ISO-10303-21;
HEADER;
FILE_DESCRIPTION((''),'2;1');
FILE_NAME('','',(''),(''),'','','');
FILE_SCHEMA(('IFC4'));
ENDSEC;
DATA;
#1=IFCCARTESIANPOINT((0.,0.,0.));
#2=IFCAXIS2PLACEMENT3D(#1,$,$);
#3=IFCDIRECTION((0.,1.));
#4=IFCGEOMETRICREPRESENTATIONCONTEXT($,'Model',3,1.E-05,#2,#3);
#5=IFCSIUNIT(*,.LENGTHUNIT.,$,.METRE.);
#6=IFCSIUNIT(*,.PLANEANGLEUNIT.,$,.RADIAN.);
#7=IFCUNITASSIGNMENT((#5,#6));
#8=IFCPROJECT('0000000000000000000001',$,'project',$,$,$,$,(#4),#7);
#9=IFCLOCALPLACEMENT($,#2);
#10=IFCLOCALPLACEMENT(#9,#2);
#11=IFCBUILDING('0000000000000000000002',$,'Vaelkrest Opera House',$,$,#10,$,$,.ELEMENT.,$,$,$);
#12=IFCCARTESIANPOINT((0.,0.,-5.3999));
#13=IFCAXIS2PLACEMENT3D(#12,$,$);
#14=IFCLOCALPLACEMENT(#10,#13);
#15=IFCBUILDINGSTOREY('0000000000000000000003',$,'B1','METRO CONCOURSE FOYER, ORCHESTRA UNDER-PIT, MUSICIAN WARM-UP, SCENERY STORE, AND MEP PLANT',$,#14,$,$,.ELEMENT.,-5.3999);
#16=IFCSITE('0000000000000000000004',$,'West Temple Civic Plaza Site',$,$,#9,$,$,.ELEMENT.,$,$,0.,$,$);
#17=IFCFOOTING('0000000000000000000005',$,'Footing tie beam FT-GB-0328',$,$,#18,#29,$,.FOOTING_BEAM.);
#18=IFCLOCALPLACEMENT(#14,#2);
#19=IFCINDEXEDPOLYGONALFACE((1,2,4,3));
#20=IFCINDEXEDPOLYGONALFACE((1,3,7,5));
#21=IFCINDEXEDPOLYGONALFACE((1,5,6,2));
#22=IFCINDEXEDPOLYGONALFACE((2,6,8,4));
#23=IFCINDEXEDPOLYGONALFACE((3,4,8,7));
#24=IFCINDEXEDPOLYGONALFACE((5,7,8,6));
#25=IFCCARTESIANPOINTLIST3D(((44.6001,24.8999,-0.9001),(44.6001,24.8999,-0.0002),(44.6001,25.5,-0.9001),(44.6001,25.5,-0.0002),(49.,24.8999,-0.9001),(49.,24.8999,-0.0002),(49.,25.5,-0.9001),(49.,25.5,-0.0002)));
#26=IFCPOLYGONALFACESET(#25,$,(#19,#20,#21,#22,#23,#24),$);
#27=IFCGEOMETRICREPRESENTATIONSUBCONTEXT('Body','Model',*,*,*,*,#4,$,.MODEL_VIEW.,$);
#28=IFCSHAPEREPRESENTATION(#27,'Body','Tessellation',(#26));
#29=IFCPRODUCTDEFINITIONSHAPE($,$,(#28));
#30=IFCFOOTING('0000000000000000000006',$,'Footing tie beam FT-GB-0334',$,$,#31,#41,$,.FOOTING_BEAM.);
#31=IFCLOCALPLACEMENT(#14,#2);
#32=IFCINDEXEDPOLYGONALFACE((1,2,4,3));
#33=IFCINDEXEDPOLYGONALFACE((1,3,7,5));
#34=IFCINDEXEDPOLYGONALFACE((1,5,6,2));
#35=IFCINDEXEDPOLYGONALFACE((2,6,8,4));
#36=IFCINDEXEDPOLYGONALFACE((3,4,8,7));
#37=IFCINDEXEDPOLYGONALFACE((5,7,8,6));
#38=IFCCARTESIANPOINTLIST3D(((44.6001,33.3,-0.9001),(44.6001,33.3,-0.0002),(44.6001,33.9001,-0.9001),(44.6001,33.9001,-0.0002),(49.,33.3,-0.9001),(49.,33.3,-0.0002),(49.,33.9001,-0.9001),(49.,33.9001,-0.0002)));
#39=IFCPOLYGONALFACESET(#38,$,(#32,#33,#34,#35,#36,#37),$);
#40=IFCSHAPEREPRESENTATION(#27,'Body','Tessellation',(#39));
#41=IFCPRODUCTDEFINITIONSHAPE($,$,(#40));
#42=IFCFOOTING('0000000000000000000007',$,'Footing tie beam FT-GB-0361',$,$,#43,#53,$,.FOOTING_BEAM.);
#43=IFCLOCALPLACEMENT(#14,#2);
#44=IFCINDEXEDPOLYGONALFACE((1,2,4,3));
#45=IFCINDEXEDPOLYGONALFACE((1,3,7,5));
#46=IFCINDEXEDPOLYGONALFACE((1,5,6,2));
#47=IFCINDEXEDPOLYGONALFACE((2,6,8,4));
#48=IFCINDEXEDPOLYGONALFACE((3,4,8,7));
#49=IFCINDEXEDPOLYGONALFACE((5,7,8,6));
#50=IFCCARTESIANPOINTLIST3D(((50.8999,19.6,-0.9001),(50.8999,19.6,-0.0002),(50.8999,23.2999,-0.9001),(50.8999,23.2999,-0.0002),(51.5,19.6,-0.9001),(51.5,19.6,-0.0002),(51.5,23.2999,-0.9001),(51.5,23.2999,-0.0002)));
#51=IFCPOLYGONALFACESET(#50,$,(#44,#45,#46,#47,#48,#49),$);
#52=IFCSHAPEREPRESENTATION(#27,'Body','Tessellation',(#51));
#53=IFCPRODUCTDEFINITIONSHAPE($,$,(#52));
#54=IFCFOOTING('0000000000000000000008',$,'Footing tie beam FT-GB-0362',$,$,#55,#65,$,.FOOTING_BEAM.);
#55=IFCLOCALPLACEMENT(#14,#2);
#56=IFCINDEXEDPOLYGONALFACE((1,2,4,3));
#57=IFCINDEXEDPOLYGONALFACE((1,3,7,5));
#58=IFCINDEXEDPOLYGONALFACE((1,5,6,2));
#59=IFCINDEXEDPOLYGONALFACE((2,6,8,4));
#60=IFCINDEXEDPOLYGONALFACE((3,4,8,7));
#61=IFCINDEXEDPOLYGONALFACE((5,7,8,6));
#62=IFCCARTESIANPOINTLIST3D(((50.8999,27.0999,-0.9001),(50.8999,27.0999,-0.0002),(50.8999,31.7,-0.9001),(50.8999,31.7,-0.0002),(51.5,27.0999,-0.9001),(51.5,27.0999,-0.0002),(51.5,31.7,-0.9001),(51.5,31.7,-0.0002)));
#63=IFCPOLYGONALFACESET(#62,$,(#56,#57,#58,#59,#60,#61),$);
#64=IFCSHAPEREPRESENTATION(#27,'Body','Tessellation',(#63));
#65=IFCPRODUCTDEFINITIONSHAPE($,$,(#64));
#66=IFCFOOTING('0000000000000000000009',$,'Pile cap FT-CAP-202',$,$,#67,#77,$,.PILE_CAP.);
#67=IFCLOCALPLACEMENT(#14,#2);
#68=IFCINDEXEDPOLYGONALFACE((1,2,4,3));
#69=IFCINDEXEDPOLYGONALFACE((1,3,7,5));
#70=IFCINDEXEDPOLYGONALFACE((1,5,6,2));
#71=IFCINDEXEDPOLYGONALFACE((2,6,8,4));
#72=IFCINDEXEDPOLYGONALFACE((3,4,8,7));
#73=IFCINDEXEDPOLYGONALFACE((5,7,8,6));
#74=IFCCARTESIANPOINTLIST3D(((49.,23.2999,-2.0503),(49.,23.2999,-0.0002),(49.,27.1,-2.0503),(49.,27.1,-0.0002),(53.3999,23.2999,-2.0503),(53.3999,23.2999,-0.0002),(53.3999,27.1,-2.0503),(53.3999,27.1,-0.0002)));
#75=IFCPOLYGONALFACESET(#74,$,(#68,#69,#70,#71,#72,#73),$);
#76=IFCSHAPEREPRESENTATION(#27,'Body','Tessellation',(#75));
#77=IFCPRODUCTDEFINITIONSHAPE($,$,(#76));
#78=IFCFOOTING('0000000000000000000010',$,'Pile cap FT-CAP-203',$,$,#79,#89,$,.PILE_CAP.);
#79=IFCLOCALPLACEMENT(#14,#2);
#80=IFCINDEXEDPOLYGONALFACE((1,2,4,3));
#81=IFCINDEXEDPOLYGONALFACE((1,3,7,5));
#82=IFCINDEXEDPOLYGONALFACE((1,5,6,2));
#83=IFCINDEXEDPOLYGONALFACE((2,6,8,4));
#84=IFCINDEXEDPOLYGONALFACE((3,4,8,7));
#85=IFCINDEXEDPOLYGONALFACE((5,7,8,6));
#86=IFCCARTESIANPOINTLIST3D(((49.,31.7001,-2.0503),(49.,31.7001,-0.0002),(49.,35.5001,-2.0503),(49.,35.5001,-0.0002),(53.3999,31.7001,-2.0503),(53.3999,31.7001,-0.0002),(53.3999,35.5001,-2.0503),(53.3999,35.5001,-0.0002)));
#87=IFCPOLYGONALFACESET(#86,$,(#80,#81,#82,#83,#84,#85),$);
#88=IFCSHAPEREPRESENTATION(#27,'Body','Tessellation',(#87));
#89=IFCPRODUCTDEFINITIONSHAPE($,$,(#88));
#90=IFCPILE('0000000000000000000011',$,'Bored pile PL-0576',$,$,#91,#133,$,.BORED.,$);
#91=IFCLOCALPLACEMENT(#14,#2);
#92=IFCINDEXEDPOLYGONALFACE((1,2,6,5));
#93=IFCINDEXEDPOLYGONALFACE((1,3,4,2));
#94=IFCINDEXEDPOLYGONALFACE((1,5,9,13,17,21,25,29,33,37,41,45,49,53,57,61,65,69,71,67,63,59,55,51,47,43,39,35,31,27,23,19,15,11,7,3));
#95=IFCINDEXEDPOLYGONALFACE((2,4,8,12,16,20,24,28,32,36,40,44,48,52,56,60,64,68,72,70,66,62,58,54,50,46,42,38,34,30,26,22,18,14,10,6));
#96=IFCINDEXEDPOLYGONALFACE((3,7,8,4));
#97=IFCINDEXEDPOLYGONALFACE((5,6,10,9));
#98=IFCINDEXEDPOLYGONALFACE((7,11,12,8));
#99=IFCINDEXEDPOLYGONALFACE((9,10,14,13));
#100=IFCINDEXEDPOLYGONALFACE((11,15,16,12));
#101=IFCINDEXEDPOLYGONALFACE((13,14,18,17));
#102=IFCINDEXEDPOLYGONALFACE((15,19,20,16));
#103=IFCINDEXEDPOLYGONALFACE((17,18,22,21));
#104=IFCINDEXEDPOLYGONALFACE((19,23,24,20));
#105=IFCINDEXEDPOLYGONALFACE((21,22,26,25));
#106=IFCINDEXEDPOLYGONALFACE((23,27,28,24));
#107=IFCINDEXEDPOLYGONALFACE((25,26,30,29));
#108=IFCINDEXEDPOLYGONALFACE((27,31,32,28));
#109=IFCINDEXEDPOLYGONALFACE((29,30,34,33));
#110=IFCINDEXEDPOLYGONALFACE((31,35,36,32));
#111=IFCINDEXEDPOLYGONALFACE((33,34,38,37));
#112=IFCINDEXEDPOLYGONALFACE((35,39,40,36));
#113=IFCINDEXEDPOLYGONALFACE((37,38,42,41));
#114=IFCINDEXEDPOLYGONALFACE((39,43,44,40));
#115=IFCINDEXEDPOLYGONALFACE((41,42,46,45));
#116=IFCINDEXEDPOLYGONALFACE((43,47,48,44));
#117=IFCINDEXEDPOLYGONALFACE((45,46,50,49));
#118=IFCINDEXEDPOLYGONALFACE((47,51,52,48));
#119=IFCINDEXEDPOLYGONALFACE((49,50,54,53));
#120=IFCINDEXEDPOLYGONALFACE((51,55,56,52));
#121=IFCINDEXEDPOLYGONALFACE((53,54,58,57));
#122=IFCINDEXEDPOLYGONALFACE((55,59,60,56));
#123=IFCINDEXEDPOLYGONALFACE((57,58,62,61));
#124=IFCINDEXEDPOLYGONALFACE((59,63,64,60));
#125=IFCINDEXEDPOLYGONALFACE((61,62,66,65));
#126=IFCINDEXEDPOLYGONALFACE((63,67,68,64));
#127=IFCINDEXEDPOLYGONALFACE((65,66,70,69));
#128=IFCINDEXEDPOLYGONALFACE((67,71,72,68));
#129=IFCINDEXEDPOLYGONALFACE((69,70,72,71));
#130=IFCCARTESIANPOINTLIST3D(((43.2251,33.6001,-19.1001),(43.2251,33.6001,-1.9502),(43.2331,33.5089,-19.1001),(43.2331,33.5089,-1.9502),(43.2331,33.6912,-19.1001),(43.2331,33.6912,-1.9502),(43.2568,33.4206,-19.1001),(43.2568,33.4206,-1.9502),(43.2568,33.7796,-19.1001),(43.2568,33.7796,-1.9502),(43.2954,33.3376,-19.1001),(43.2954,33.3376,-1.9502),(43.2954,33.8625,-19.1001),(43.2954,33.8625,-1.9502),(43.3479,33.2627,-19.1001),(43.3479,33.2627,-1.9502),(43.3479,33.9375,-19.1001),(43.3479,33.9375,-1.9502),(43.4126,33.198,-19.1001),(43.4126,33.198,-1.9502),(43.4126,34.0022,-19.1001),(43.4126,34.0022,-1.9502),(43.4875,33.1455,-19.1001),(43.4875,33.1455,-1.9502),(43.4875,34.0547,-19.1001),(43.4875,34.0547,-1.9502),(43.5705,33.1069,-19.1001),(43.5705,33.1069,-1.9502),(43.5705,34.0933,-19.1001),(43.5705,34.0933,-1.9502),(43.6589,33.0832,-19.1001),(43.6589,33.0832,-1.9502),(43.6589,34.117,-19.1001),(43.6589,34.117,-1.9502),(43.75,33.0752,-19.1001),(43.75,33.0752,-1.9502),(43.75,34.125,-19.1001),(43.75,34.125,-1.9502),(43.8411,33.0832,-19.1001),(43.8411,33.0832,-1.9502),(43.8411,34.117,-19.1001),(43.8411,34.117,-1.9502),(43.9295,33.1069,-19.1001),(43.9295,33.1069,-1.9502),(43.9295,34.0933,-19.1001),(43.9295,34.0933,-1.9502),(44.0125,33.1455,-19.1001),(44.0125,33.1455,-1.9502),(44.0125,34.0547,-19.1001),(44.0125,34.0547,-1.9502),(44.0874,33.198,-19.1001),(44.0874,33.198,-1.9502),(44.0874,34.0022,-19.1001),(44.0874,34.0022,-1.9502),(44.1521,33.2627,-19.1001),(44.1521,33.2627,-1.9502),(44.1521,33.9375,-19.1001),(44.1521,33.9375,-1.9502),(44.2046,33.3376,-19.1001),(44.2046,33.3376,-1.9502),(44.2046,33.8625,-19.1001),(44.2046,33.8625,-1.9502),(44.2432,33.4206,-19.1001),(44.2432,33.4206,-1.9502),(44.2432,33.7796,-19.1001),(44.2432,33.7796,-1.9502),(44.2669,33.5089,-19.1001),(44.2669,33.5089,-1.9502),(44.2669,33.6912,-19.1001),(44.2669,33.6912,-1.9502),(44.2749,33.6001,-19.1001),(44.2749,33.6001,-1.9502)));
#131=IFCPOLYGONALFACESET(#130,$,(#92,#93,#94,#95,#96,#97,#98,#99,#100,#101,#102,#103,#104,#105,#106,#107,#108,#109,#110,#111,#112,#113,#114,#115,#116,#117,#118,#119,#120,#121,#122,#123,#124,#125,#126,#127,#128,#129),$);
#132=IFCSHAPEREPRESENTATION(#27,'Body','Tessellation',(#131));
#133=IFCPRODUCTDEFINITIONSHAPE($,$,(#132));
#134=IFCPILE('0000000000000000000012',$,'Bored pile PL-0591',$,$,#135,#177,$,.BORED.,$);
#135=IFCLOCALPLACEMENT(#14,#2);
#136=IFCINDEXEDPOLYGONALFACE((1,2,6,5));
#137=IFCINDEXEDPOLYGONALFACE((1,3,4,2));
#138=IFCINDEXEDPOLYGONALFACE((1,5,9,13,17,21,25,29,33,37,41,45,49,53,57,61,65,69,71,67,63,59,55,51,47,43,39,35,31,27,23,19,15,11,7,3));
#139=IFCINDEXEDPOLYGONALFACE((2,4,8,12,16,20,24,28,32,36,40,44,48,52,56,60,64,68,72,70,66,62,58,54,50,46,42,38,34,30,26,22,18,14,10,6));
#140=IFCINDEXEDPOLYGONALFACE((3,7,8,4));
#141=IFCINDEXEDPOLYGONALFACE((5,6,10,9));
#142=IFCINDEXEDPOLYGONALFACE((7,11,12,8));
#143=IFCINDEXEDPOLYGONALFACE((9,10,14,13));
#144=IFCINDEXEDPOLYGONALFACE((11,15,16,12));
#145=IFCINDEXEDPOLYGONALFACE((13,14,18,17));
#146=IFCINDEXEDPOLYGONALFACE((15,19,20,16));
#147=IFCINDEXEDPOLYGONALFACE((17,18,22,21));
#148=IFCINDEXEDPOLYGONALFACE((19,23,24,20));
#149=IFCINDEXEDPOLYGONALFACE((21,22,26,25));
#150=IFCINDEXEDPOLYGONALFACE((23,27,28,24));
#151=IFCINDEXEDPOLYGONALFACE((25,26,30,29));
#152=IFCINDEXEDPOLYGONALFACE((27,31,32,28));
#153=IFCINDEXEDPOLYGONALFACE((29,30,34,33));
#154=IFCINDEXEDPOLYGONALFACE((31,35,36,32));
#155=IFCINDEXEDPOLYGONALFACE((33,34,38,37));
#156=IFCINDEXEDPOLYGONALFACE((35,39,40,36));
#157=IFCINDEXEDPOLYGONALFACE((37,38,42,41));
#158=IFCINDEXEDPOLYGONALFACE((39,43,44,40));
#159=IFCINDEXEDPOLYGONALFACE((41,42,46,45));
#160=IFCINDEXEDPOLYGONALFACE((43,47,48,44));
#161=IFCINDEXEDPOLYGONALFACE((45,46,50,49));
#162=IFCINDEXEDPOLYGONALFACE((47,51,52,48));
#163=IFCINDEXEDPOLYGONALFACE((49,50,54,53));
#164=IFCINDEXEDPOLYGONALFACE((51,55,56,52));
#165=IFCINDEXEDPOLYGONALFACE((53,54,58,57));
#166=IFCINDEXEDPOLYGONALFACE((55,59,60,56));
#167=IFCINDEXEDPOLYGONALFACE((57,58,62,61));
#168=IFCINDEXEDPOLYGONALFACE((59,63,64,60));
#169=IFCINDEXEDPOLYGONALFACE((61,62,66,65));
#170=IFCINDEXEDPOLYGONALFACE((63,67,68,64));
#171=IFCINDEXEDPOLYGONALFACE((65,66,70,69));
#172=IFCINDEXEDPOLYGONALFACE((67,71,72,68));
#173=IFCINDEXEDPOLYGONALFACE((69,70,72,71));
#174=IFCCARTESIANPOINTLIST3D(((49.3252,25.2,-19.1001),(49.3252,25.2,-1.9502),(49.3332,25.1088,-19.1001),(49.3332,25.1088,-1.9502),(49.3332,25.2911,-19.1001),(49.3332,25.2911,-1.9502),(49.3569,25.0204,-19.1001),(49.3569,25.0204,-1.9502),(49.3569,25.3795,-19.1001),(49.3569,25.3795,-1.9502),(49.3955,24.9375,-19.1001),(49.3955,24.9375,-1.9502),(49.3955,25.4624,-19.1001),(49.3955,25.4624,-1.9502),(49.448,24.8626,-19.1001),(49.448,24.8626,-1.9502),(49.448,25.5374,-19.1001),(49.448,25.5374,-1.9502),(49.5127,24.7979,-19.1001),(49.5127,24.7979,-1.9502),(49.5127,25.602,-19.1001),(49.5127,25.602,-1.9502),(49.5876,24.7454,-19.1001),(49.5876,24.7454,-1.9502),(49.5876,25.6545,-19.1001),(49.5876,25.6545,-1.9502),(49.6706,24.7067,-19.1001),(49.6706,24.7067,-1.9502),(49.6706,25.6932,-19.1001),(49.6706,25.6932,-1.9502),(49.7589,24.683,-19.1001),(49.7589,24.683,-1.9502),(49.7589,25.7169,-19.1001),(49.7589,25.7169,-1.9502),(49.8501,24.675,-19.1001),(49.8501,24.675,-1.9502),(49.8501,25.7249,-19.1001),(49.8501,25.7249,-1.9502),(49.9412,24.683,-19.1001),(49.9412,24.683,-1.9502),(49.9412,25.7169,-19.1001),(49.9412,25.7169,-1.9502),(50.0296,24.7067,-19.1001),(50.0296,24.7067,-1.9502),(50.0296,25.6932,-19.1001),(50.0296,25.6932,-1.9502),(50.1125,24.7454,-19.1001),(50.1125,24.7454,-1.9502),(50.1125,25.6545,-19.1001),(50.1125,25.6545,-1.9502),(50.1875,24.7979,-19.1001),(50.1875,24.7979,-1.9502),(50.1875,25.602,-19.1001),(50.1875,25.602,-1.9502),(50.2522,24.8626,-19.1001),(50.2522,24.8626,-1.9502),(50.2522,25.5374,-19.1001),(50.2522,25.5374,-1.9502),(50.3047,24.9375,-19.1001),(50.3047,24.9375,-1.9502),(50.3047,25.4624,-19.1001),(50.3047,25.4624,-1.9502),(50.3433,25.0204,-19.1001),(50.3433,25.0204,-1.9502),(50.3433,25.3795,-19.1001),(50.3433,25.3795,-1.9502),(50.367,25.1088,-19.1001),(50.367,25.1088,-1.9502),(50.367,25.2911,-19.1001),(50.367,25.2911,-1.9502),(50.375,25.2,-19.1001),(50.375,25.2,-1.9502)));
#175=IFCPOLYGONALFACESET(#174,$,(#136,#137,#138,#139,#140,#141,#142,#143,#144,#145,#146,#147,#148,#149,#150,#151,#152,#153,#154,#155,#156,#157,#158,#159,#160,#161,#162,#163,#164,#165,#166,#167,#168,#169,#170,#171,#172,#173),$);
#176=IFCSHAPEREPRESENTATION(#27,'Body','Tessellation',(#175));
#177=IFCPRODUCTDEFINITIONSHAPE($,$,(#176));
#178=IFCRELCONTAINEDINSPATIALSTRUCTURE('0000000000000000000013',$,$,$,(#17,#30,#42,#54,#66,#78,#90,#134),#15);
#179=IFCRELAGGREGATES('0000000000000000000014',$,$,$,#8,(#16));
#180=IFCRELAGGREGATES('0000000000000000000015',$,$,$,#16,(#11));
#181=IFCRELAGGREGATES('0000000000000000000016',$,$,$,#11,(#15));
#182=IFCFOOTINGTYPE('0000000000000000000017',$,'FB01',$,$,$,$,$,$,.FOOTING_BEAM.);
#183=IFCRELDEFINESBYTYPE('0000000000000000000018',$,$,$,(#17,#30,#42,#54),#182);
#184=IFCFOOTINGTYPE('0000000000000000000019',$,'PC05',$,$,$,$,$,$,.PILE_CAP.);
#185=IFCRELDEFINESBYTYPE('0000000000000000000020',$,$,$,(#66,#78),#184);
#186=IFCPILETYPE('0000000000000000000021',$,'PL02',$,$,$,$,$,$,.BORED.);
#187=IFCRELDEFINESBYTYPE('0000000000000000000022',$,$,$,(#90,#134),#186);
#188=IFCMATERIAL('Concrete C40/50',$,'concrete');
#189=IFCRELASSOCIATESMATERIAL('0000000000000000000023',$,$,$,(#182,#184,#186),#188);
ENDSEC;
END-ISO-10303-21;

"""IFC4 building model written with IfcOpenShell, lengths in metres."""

from ifc_helpers import new_model, si_unit, direction, frame, origin, origin_2d, place, context, subcontext, project, spatial, rectangle, circle, extrude, material, material_profile, profile_set, type_object, element, save


model = new_model("IFC4")

# Units and contexts
model_context = context("Model", 3, precision=1e-05, world=origin(), true_north=direction((0.0, 1.0)))
body_context = subcontext(model_context, "Body", "Model", "MODEL_VIEW")
ifc_project = project(units=[si_unit("LENGTHUNIT", "METRE"), si_unit("PLANEANGLEUNIT", "RADIAN")], contexts=[model_context])

# Site, building, storey
site_placement = place(None, origin())
site = spatial("IfcSite", under=ifc_project, at=site_placement, Name="West Temple Civic Plaza Site", CompositionType="ELEMENT", RefElevation=0.0)
building_placement = place(site_placement, origin())
building = spatial("IfcBuilding", under=site, at=building_placement, Name="Vaelkrest Opera House", CompositionType="ELEMENT")
storey_placement = place(building_placement, frame((0.0, 0.0, -5.3999)))
storey = spatial("IfcBuildingStorey", under=building, at=storey_placement, Name="B1", Description="METRO CONCOURSE FOYER, ORCHESTRA UNDER-PIT, MUSICIAN WARM-UP, SCENERY STORE, AND MEP PLANT", CompositionType="ELEMENT", Elevation=-5.3999)

# Footings
ifc_material_1 = material(Name="Concrete C40/50", Category="concrete")
footing_type_1 = type_object("IfcFootingType", Name="FB01", PredefinedType="FOOTING_BEAM", material=ifc_material_1)
for number, where, z_axis, x_axis, name in (
    (1, (46.8, 25.2, -0.9001), (0.0, 0.0, 1.0), (1.0, 0.0, 0.0), "Footing tie beam FT-GB-0328"),
    (2, (46.8, 33.6001, -0.9001), (0.0, 0.0, 1.0), (1.0, 0.0, 0.0), "Footing tie beam FT-GB-0334"),
):
    element("IfcFooting", number, at=place(storey_placement, frame(where, z_axis=z_axis, x_axis=x_axis)), inside=storey, type_object=footing_type_1, Name=name, PredefinedType="FOOTING_BEAM", context=body_context, shape_type="SweptSolid", body=[
        extrude(rectangle(XDim=4.3999, YDim=0.6001, at=origin_2d()), origin(), (0.0, 0.0, 1.0), 0.8999),
    ])
footing_1_placement = place(storey_placement, frame((51.2, 21.45, -0.9001), z_axis=(0.0, 0.0, 1.0), x_axis=(0.0, 1.0, 0.0)))
element("IfcFooting", 3, at=footing_1_placement, inside=storey, type_object=footing_type_1, Name="Footing tie beam FT-GB-0361", PredefinedType="FOOTING_BEAM", context=body_context, shape_type="SweptSolid", body=[
    extrude(rectangle(XDim=3.7, YDim=0.6001, at=origin_2d()), origin(), (0.0, 0.0, 1.0), 0.8999),
])
footing_2_placement = place(storey_placement, frame((51.2, 29.3999, -0.9001), z_axis=(0.0, 0.0, 1.0), x_axis=(0.0, 1.0, 0.0)))
element("IfcFooting", 4, at=footing_2_placement, inside=storey, type_object=footing_type_1, Name="Footing tie beam FT-GB-0362", PredefinedType="FOOTING_BEAM", context=body_context, shape_type="SweptSolid", body=[
    extrude(rectangle(XDim=4.6001, YDim=0.6001, at=origin_2d()), origin(), (0.0, 0.0, 1.0), 0.8999),
])
footing_type_2 = type_object("IfcFootingType", Name="PC05", PredefinedType="PILE_CAP", material=ifc_material_1)
for number, where, z_axis, x_axis, name in (
    (5, (51.2, 25.2, -2.0503), (0.0, 0.0, 1.0), (1.0, 0.0, 0.0), "Pile cap FT-CAP-202"),
    (6, (51.2, 33.6001, -2.0503), (0.0, 0.0, 1.0), (1.0, 0.0, 0.0), "Pile cap FT-CAP-203"),
):
    element("IfcFooting", number, at=place(storey_placement, frame(where, z_axis=z_axis, x_axis=x_axis)), inside=storey, type_object=footing_type_2, Name=name, PredefinedType="PILE_CAP", context=body_context, shape_type="SweptSolid", body=[
        extrude(rectangle(XDim=4.3999, YDim=3.8, at=origin_2d()), origin(), (0.0, 0.0, 1.0), 2.05),
    ])

# Piles
ifc_material_profile_1 = material_profile(ifc_material_1, circle(Radius=0.5249, at=origin_2d()), Name="PILE1050")
ifc_profile_set_1 = profile_set([ifc_material_profile_1], Name="Concrete C40/50")
pile_type = type_object("IfcPileType", Name="PL02", PredefinedType="BORED", material=ifc_profile_set_1)
for number, where, z_axis, x_axis, name in (
    (7, (43.75, 33.6001, -1.9502), (0.0, 0.0, -1.0), (1.0, 0.0, 0.0), "Bored pile PL-0576"),
    (8, (49.8501, 25.2, -1.9502), (0.0, 0.0, -1.0), (1.0, 0.0, 0.0), "Bored pile PL-0591"),
):
    element("IfcPile", number, at=place(storey_placement, frame(where, z_axis=z_axis, x_axis=x_axis)), inside=storey, type_object=pile_type, Name=name, PredefinedType="BORED", context=body_context, shape_type="SweptSolid", body=[
        extrude(circle(Radius=0.5249, at=origin_2d()), origin(), (0.0, 0.0, 1.0), 17.1499),
    ])

save(model, "model.ifc")
